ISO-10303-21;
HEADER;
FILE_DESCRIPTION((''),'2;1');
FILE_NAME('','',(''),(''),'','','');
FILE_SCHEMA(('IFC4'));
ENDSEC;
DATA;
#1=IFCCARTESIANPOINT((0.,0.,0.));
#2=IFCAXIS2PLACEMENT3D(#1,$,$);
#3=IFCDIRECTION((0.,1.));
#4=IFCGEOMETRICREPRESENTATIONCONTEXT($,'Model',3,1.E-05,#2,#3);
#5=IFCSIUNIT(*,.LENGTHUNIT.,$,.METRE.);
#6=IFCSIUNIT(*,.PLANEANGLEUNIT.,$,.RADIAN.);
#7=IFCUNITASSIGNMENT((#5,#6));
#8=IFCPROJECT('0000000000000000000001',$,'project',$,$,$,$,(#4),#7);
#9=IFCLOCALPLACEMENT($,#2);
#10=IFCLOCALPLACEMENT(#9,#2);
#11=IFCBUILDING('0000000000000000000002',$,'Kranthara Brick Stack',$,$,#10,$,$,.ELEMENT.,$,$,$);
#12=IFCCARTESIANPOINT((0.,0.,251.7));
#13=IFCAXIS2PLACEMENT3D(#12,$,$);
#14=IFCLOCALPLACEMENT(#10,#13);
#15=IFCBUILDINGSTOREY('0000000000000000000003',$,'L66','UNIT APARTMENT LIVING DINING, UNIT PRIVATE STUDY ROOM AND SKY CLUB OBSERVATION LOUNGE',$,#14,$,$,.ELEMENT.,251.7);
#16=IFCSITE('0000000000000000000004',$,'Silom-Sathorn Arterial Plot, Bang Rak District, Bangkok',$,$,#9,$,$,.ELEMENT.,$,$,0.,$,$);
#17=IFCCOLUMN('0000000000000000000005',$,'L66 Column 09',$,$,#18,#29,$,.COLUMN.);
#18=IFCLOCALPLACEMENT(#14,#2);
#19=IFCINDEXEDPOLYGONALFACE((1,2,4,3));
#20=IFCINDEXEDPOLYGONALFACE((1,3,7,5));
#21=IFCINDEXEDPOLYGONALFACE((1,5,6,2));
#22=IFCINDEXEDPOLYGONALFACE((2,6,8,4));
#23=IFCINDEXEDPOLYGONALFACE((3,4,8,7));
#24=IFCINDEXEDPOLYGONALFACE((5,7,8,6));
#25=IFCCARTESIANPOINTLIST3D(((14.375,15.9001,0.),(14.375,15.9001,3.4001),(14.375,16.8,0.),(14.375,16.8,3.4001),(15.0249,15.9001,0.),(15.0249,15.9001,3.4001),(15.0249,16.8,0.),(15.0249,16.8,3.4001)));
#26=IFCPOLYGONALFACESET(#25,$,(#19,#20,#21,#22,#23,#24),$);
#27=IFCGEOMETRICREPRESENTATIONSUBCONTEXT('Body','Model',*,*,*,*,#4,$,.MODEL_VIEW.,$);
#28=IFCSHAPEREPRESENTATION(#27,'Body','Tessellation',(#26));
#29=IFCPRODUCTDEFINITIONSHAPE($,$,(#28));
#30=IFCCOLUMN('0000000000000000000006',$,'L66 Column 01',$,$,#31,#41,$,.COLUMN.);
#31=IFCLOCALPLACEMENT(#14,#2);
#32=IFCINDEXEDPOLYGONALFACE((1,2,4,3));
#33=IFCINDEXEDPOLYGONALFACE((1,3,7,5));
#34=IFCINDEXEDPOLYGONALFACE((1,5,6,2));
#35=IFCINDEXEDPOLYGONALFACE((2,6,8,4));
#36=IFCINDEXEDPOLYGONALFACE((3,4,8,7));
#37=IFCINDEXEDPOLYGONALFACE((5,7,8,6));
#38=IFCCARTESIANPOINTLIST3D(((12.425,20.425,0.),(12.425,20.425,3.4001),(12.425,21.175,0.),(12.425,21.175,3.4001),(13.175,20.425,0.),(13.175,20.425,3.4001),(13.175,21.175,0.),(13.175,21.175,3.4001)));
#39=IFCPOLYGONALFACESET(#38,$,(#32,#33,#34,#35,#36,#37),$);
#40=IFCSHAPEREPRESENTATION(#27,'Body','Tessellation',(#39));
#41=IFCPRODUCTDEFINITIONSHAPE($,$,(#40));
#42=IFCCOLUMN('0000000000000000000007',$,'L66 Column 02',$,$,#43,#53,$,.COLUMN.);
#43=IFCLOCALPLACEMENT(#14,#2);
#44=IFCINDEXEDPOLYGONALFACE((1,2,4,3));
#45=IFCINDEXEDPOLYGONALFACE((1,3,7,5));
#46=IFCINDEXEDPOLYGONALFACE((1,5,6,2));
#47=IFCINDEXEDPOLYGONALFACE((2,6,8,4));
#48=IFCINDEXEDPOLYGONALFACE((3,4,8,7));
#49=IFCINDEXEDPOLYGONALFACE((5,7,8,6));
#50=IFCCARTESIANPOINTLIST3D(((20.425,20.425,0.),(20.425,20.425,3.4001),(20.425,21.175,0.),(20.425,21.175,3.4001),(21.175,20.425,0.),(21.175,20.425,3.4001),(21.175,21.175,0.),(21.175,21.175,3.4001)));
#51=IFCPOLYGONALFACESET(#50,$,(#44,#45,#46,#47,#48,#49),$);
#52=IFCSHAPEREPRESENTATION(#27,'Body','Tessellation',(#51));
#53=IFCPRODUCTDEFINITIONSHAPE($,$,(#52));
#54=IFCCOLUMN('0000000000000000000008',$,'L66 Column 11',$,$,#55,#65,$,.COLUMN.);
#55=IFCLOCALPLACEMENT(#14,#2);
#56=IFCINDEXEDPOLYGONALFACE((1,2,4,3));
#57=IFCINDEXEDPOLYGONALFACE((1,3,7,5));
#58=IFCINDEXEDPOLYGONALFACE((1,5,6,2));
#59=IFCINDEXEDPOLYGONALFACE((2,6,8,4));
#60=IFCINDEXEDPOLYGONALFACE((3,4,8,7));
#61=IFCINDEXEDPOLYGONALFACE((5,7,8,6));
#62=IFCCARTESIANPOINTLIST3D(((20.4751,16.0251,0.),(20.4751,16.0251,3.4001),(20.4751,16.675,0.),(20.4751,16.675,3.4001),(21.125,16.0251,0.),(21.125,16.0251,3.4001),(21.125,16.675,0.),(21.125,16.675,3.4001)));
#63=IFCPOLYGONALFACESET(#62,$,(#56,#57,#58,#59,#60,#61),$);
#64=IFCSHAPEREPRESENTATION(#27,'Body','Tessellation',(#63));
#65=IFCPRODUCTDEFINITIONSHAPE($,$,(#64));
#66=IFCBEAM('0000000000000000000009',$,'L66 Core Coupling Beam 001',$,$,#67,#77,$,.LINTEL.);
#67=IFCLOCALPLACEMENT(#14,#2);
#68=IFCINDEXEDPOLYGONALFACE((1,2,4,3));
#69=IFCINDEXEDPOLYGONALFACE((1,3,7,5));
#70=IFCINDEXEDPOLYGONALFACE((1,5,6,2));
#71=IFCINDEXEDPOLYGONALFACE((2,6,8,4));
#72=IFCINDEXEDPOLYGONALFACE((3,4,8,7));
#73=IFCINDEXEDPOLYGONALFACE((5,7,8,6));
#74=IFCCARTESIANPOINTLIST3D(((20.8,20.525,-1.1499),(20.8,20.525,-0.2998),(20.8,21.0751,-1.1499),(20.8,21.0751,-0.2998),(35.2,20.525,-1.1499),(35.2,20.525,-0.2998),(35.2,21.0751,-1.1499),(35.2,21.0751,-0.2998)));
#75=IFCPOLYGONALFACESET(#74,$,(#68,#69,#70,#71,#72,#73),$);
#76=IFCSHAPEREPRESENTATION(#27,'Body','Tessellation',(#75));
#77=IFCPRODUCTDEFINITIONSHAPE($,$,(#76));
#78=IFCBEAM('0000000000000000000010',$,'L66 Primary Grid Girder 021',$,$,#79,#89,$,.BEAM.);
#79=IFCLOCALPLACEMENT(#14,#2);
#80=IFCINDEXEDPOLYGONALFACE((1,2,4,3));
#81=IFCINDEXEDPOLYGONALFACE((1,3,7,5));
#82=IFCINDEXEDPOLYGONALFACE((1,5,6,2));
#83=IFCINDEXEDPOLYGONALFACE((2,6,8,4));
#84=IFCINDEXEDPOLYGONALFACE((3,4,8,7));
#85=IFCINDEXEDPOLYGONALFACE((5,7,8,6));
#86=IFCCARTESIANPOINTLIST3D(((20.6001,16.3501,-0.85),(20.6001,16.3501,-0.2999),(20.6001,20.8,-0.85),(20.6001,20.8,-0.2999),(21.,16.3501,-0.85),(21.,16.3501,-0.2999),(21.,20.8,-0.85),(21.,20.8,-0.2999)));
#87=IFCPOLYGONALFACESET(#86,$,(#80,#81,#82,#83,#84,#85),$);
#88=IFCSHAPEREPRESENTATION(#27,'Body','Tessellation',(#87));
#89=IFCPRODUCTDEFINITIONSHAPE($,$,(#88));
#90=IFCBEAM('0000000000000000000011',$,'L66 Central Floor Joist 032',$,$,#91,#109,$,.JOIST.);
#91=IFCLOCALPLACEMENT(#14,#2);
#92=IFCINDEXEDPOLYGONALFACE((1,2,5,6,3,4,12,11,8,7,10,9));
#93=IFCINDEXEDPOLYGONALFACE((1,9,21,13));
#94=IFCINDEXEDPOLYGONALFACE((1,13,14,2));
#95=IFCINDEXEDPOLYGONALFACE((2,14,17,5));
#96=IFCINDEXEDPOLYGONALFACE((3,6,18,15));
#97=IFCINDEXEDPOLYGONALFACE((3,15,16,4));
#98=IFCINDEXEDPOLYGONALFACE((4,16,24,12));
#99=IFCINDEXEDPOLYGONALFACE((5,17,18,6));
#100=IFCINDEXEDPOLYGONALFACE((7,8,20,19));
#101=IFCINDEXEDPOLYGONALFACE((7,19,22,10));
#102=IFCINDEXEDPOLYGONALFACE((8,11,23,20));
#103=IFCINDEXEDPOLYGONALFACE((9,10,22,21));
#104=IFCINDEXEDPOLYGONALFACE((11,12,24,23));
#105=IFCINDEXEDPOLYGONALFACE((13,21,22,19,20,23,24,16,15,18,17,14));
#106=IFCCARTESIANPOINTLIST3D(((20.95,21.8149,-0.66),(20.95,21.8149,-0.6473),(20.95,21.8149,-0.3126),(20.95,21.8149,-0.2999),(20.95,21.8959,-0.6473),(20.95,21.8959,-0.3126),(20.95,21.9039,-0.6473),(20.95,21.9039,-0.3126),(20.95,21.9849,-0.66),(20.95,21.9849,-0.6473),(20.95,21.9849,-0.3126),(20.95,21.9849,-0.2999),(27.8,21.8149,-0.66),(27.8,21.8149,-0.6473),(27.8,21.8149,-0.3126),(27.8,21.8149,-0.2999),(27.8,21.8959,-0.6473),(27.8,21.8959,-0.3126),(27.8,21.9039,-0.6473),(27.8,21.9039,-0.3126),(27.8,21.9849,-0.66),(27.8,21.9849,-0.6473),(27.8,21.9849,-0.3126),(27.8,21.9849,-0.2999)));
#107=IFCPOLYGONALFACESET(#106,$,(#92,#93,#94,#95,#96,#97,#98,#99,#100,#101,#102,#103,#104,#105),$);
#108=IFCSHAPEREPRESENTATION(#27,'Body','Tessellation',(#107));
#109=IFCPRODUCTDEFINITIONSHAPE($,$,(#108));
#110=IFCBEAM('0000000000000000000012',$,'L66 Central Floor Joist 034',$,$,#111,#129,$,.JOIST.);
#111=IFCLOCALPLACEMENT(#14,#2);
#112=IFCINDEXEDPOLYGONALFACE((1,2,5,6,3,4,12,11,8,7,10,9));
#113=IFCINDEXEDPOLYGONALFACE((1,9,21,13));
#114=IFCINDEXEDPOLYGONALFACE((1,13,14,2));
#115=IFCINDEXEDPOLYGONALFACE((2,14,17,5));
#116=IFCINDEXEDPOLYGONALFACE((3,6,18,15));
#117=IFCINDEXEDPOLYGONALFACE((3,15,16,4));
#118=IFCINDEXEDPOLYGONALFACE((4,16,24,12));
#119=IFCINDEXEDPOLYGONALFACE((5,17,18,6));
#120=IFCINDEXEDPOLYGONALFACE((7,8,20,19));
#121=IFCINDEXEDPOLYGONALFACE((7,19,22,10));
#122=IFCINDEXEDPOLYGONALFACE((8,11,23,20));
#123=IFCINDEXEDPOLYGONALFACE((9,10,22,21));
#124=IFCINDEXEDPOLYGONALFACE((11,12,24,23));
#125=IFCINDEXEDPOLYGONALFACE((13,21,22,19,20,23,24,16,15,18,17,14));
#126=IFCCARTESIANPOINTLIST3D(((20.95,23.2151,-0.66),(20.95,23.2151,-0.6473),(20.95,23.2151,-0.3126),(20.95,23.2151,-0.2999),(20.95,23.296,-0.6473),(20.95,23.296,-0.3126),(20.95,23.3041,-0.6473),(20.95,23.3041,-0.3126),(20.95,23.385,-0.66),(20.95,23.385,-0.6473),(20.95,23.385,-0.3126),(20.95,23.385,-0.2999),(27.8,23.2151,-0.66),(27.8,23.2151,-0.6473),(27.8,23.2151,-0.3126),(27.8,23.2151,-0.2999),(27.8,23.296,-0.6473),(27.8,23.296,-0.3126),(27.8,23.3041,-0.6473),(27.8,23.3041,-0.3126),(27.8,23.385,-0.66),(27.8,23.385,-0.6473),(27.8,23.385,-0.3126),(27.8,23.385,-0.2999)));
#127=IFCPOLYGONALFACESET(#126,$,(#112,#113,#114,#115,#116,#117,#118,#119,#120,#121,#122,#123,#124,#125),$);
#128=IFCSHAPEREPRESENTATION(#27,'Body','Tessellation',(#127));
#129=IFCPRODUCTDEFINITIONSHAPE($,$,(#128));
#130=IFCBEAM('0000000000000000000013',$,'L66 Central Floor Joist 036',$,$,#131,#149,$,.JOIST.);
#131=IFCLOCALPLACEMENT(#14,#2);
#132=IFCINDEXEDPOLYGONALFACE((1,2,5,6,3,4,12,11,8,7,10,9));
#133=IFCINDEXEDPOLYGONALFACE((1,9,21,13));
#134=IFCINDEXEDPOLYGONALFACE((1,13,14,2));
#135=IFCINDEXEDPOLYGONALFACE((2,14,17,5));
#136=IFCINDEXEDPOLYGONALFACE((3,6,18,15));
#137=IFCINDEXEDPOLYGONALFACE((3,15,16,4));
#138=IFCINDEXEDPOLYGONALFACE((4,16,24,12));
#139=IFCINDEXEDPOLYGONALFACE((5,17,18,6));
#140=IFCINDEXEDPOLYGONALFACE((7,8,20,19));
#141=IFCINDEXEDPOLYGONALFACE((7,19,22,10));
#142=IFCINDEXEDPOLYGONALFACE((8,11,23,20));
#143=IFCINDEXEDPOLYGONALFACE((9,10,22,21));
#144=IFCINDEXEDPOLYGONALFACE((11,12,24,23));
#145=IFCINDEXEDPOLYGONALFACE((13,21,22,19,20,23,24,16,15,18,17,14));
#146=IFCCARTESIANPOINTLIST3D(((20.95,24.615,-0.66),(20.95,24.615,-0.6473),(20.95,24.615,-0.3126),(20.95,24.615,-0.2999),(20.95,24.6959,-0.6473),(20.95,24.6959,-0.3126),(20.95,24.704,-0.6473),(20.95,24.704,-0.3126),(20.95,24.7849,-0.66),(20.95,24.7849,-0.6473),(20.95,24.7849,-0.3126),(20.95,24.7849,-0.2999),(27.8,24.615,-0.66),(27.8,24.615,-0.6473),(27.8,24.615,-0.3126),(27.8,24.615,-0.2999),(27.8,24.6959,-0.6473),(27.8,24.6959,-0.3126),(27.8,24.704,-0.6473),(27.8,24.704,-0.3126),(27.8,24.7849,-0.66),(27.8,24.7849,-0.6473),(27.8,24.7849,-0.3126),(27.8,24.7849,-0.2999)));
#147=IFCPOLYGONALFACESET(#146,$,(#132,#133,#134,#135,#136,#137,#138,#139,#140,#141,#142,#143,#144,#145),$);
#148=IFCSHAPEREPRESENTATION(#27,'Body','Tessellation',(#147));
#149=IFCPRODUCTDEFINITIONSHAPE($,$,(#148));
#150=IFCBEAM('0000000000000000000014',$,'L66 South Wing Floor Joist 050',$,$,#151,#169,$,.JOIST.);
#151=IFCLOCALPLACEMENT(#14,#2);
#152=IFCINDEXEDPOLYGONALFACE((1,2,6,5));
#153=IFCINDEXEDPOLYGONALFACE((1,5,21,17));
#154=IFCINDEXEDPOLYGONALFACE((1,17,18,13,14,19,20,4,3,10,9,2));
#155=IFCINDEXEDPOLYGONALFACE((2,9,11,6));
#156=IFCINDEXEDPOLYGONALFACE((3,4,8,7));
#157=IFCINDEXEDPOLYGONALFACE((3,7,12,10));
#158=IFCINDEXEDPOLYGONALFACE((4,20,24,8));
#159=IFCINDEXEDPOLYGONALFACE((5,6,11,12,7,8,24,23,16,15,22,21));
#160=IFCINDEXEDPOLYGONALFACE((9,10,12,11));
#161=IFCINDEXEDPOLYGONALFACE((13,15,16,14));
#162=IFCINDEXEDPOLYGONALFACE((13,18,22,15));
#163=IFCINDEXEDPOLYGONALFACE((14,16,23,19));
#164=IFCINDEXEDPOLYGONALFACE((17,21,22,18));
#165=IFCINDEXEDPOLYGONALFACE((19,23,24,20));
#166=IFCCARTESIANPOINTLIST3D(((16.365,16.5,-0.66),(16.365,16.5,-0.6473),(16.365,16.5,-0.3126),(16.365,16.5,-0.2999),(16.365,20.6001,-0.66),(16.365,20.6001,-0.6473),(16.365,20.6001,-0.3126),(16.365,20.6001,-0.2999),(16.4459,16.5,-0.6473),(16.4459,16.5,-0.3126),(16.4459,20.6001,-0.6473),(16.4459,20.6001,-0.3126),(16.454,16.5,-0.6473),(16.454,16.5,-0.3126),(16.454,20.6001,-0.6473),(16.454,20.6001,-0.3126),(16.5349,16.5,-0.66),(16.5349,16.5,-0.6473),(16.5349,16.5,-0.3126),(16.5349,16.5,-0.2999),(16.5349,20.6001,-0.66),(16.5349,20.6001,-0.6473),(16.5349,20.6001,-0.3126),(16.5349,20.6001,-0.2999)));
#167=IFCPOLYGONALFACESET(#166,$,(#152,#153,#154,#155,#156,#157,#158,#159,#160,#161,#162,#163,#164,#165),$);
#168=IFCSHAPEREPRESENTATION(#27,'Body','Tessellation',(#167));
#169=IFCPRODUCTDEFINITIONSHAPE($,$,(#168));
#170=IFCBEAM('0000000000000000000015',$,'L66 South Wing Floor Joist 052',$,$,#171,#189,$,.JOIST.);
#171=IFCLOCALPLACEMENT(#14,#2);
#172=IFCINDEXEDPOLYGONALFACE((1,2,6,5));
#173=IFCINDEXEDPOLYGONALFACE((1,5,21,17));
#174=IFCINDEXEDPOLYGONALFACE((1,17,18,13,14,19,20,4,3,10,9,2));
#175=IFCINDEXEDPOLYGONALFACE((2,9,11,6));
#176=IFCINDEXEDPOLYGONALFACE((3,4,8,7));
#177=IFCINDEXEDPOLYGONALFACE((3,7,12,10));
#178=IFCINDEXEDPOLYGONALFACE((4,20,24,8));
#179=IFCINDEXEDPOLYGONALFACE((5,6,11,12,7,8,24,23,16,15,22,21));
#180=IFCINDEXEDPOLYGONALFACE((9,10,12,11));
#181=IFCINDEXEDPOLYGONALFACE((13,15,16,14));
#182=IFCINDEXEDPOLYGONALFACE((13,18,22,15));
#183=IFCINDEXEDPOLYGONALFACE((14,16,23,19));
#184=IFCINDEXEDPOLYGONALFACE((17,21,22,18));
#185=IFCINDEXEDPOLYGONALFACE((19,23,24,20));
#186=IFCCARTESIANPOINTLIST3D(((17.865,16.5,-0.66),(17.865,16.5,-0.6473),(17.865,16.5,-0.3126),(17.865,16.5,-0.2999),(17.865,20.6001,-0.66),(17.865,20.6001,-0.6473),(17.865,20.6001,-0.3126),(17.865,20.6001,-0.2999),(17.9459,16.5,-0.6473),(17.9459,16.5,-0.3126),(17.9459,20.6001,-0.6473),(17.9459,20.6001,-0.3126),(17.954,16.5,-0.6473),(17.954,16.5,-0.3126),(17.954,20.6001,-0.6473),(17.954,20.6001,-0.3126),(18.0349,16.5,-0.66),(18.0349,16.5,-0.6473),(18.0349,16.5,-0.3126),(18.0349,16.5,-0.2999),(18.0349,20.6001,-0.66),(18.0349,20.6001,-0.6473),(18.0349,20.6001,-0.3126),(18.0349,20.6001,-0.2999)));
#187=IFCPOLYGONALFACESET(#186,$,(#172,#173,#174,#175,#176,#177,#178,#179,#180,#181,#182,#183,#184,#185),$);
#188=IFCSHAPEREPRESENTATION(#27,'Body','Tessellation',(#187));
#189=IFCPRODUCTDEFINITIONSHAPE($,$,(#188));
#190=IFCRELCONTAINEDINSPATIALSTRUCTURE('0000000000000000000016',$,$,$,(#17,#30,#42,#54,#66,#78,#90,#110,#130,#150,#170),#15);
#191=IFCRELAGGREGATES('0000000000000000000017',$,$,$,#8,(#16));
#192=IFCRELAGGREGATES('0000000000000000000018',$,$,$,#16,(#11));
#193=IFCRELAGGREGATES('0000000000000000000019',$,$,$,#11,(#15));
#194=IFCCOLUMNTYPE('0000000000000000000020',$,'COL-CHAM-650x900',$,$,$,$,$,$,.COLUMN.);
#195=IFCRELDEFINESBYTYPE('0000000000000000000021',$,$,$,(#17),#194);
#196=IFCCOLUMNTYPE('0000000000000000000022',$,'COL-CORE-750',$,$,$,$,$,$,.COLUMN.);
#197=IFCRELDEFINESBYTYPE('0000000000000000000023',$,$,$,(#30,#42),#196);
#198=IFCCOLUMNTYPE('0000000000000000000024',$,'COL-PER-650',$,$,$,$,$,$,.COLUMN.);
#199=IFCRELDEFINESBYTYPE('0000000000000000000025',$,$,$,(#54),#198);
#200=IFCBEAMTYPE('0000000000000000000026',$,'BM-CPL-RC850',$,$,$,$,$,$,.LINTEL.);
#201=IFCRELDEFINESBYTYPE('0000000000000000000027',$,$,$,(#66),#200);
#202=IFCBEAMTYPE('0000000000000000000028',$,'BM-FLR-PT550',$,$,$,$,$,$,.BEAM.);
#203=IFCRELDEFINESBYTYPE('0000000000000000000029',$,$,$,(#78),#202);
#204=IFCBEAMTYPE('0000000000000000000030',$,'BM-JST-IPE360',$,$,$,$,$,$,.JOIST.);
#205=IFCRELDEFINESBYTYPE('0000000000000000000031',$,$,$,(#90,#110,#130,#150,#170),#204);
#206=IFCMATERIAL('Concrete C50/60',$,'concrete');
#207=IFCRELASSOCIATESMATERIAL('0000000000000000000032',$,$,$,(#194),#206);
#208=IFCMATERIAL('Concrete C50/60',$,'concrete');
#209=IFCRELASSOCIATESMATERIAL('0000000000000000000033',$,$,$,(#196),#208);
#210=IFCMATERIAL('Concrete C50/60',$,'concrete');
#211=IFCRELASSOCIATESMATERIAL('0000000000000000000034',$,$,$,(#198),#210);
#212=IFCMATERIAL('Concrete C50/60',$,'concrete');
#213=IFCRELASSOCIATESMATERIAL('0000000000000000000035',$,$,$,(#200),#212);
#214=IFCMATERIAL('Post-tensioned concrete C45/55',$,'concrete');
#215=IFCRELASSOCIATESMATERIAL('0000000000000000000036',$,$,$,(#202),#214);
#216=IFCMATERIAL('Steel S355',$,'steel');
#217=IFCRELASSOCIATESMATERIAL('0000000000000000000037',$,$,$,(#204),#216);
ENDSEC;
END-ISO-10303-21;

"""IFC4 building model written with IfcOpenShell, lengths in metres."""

from ifc_helpers import new_model, si_unit, direction, frame, origin, origin_2d, place, context, subcontext, project, spatial, rectangle, i_section, extrude, material, material_profile, profile_set, type_object, element, save


model = new_model("IFC4")

# Units and contexts
model_context = context("Model", 3, precision=1e-05, world=origin(), true_north=direction((0.0, 1.0)))
body_context = subcontext(model_context, "Body", "Model", "MODEL_VIEW")
ifc_project = project(units=[si_unit("LENGTHUNIT", "METRE"), si_unit("PLANEANGLEUNIT", "RADIAN")], contexts=[model_context])

# Site, building, storey
site_placement = place(None, origin())
site = spatial("IfcSite", under=ifc_project, at=site_placement, Name="Silom-Sathorn Arterial Plot, Bang Rak District, Bangkok", CompositionType="ELEMENT", RefElevation=0.0)
building_placement = place(site_placement, origin())
building = spatial("IfcBuilding", under=site, at=building_placement, Name="Kranthara Brick Stack", CompositionType="ELEMENT")
storey_placement = place(building_placement, frame((0.0, 0.0, 251.7)))
storey = spatial("IfcBuildingStorey", under=building, at=storey_placement, Name="L66", Description="UNIT APARTMENT LIVING DINING, UNIT PRIVATE STUDY ROOM AND SKY CLUB OBSERVATION LOUNGE", CompositionType="ELEMENT", Elevation=251.7)

# Columns
ifc_material_1 = material(Name="Concrete C50/60", Category="concrete")
ifc_material_profile_1 = material_profile(ifc_material_1, rectangle(XDim=0.6499, YDim=0.8999, at=origin_2d()), Name="RC 650x900")
ifc_profile_set_1 = profile_set([ifc_material_profile_1], Name="Concrete C50/60")
column_type_1 = type_object("IfcColumnType", Name="COL-CHAM-650x900", PredefinedType="COLUMN", material=ifc_profile_set_1)
column_1_placement = place(storey_placement, frame((14.7, 16.3501, 0.0), z_axis=(0.0, 0.0, 1.0), x_axis=(1.0, 0.0, 0.0)))
element("IfcColumn", 1, at=column_1_placement, inside=storey, type_object=column_type_1, Name="L66 Column 09", PredefinedType="COLUMN", context=body_context, shape_type="SweptSolid", body=[
    extrude(rectangle(XDim=0.6499, YDim=0.8999, at=origin_2d()), origin(), (0.0, 0.0, 1.0), 3.4001),
])
ifc_material_2 = material(Name="Concrete C50/60", Category="concrete")
ifc_material_profile_2 = material_profile(ifc_material_2, rectangle(XDim=0.75, YDim=0.75, at=origin_2d()), Name="RC 750x750")
ifc_profile_set_2 = profile_set([ifc_material_profile_2], Name="Concrete C50/60")
column_type_2 = type_object("IfcColumnType", Name="COL-CORE-750", PredefinedType="COLUMN", material=ifc_profile_set_2)
for number, where, z_axis, x_axis, name in (
    (2, (12.8, 20.8, 0.0), (0.0, 0.0, 1.0), (1.0, 0.0, 0.0), "L66 Column 01"),
    (3, (20.8, 20.8, 0.0), (0.0, 0.0, 1.0), (1.0, 0.0, 0.0), "L66 Column 02"),
):
    element("IfcColumn", number, at=place(storey_placement, frame(where, z_axis=z_axis, x_axis=x_axis)), inside=storey, type_object=column_type_2, Name=name, PredefinedType="COLUMN", context=body_context, shape_type="SweptSolid", body=[
        extrude(rectangle(XDim=0.75, YDim=0.75, at=origin_2d()), origin(), (0.0, 0.0, 1.0), 3.4001),
    ])
ifc_material_3 = material(Name="Concrete C50/60", Category="concrete")
ifc_material_profile_3 = material_profile(ifc_material_3, rectangle(XDim=0.6499, YDim=0.6499, at=origin_2d()), Name="RC 650x650")
ifc_profile_set_3 = profile_set([ifc_material_profile_3], Name="Concrete C50/60")
column_type_3 = type_object("IfcColumnType", Name="COL-PER-650", PredefinedType="COLUMN", material=ifc_profile_set_3)
column_2_placement = place(storey_placement, frame((20.8, 16.3501, 0.0), z_axis=(0.0, 0.0, 1.0), x_axis=(1.0, 0.0, 0.0)))
element("IfcColumn", 4, at=column_2_placement, inside=storey, type_object=column_type_3, Name="L66 Column 11", PredefinedType="COLUMN", context=body_context, shape_type="SweptSolid", body=[
    extrude(rectangle(XDim=0.6499, YDim=0.6499, at=origin_2d()), origin(), (0.0, 0.0, 1.0), 3.4001),
])

# Beams
ifc_material_4 = material(Name="Concrete C50/60", Category="concrete")
ifc_material_profile_4 = material_profile(ifc_material_4, rectangle(XDim=0.55, YDim=0.8501, at=origin_2d()), Name="RC 550x850")
ifc_profile_set_4 = profile_set([ifc_material_profile_4], Name="Concrete C50/60")
beam_type_1 = type_object("IfcBeamType", Name="BM-CPL-RC850", PredefinedType="LINTEL", material=ifc_profile_set_4)
beam_1_placement = place(storey_placement, frame((20.8, 20.8, -0.7249), z_axis=(1.0, 0.0, 0.0), x_axis=(0.0, 1.0, 0.0)))
element("IfcBeam", 5, at=beam_1_placement, inside=storey, type_object=beam_type_1, Name="L66 Core Coupling Beam 001", PredefinedType="LINTEL", context=body_context, shape_type="SweptSolid", body=[
    extrude(rectangle(XDim=0.55, YDim=0.8501, at=origin_2d()), origin(), (0.0, 0.0, 1.0), 14.3999),
])
ifc_material_5 = material(Name="Post-tensioned concrete C45/55", Category="concrete")
ifc_material_profile_5 = material_profile(ifc_material_5, rectangle(XDim=0.3999, YDim=0.55, at=origin_2d()), Name="PT 400x550")
ifc_profile_set_5 = profile_set([ifc_material_profile_5], Name="Post-tensioned concrete C45/55")
beam_type_2 = type_object("IfcBeamType", Name="BM-FLR-PT550", PredefinedType="BEAM", material=ifc_profile_set_5)
beam_2_placement = place(storey_placement, frame((20.8, 16.3501, -0.575), z_axis=(0.0, 1.0, 0.0), x_axis=(-1.0, 0.0, 0.0)))
element("IfcBeam", 6, at=beam_2_placement, inside=storey, type_object=beam_type_2, Name="L66 Primary Grid Girder 021", PredefinedType="BEAM", context=body_context, shape_type="SweptSolid", body=[
    extrude(rectangle(XDim=0.3999, YDim=0.55, at=origin_2d()), origin(), (0.0, 0.0, 1.0), 4.45),
])
ifc_material_6 = material(Name="Steel S355", Category="steel")
ifc_material_profile_6 = material_profile(ifc_material_6, i_section(OverallWidth=0.1699, OverallDepth=0.3601, WebThickness=0.0081, FlangeThickness=0.0127, at=origin_2d()), Name="IPE 360")
ifc_profile_set_6 = profile_set([ifc_material_profile_6], Name="Steel S355")
beam_type_3 = type_object("IfcBeamType", Name="BM-JST-IPE360", PredefinedType="JOIST", material=ifc_profile_set_6)
for number, where, z_axis, x_axis, name in (
    (7, (20.95, 21.8999, -0.48), (1.0, 0.0, 0.0), (0.0, 1.0, 0.0), "L66 Central Floor Joist 032"),
    (8, (20.95, 23.3, -0.48), (1.0, 0.0, 0.0), (0.0, 1.0, 0.0), "L66 Central Floor Joist 034"),
    (9, (20.95, 24.7, -0.48), (1.0, 0.0, 0.0), (0.0, 1.0, 0.0), "L66 Central Floor Joist 036"),
):
    element("IfcBeam", number, at=place(storey_placement, frame(where, z_axis=z_axis, x_axis=x_axis)), inside=storey, type_object=beam_type_3, Name=name, PredefinedType="JOIST", context=body_context, shape_type="SweptSolid", body=[
        extrude(i_section(OverallWidth=0.1699, OverallDepth=0.3601, WebThickness=0.0081, FlangeThickness=0.0127, at=origin_2d()), origin(), (0.0, 0.0, 1.0), 6.8501),
    ])
for number, where, z_axis, x_axis, name in (
    (10, (16.45, 16.5, -0.48), (0.0, 1.0, 0.0), (-1.0, 0.0, 0.0), "L66 South Wing Floor Joist 050"),
    (11, (17.95, 16.5, -0.48), (0.0, 1.0, 0.0), (-1.0, 0.0, 0.0), "L66 South Wing Floor Joist 052"),
):
    element("IfcBeam", number, at=place(storey_placement, frame(where, z_axis=z_axis, x_axis=x_axis)), inside=storey, type_object=beam_type_3, Name=name, PredefinedType="JOIST", context=body_context, shape_type="SweptSolid", body=[
        extrude(i_section(OverallWidth=0.1699, OverallDepth=0.3601, WebThickness=0.0081, FlangeThickness=0.0127, at=origin_2d()), origin(), (0.0, 0.0, 1.0), 4.1001),
    ])

save(model, "model.ifc")
